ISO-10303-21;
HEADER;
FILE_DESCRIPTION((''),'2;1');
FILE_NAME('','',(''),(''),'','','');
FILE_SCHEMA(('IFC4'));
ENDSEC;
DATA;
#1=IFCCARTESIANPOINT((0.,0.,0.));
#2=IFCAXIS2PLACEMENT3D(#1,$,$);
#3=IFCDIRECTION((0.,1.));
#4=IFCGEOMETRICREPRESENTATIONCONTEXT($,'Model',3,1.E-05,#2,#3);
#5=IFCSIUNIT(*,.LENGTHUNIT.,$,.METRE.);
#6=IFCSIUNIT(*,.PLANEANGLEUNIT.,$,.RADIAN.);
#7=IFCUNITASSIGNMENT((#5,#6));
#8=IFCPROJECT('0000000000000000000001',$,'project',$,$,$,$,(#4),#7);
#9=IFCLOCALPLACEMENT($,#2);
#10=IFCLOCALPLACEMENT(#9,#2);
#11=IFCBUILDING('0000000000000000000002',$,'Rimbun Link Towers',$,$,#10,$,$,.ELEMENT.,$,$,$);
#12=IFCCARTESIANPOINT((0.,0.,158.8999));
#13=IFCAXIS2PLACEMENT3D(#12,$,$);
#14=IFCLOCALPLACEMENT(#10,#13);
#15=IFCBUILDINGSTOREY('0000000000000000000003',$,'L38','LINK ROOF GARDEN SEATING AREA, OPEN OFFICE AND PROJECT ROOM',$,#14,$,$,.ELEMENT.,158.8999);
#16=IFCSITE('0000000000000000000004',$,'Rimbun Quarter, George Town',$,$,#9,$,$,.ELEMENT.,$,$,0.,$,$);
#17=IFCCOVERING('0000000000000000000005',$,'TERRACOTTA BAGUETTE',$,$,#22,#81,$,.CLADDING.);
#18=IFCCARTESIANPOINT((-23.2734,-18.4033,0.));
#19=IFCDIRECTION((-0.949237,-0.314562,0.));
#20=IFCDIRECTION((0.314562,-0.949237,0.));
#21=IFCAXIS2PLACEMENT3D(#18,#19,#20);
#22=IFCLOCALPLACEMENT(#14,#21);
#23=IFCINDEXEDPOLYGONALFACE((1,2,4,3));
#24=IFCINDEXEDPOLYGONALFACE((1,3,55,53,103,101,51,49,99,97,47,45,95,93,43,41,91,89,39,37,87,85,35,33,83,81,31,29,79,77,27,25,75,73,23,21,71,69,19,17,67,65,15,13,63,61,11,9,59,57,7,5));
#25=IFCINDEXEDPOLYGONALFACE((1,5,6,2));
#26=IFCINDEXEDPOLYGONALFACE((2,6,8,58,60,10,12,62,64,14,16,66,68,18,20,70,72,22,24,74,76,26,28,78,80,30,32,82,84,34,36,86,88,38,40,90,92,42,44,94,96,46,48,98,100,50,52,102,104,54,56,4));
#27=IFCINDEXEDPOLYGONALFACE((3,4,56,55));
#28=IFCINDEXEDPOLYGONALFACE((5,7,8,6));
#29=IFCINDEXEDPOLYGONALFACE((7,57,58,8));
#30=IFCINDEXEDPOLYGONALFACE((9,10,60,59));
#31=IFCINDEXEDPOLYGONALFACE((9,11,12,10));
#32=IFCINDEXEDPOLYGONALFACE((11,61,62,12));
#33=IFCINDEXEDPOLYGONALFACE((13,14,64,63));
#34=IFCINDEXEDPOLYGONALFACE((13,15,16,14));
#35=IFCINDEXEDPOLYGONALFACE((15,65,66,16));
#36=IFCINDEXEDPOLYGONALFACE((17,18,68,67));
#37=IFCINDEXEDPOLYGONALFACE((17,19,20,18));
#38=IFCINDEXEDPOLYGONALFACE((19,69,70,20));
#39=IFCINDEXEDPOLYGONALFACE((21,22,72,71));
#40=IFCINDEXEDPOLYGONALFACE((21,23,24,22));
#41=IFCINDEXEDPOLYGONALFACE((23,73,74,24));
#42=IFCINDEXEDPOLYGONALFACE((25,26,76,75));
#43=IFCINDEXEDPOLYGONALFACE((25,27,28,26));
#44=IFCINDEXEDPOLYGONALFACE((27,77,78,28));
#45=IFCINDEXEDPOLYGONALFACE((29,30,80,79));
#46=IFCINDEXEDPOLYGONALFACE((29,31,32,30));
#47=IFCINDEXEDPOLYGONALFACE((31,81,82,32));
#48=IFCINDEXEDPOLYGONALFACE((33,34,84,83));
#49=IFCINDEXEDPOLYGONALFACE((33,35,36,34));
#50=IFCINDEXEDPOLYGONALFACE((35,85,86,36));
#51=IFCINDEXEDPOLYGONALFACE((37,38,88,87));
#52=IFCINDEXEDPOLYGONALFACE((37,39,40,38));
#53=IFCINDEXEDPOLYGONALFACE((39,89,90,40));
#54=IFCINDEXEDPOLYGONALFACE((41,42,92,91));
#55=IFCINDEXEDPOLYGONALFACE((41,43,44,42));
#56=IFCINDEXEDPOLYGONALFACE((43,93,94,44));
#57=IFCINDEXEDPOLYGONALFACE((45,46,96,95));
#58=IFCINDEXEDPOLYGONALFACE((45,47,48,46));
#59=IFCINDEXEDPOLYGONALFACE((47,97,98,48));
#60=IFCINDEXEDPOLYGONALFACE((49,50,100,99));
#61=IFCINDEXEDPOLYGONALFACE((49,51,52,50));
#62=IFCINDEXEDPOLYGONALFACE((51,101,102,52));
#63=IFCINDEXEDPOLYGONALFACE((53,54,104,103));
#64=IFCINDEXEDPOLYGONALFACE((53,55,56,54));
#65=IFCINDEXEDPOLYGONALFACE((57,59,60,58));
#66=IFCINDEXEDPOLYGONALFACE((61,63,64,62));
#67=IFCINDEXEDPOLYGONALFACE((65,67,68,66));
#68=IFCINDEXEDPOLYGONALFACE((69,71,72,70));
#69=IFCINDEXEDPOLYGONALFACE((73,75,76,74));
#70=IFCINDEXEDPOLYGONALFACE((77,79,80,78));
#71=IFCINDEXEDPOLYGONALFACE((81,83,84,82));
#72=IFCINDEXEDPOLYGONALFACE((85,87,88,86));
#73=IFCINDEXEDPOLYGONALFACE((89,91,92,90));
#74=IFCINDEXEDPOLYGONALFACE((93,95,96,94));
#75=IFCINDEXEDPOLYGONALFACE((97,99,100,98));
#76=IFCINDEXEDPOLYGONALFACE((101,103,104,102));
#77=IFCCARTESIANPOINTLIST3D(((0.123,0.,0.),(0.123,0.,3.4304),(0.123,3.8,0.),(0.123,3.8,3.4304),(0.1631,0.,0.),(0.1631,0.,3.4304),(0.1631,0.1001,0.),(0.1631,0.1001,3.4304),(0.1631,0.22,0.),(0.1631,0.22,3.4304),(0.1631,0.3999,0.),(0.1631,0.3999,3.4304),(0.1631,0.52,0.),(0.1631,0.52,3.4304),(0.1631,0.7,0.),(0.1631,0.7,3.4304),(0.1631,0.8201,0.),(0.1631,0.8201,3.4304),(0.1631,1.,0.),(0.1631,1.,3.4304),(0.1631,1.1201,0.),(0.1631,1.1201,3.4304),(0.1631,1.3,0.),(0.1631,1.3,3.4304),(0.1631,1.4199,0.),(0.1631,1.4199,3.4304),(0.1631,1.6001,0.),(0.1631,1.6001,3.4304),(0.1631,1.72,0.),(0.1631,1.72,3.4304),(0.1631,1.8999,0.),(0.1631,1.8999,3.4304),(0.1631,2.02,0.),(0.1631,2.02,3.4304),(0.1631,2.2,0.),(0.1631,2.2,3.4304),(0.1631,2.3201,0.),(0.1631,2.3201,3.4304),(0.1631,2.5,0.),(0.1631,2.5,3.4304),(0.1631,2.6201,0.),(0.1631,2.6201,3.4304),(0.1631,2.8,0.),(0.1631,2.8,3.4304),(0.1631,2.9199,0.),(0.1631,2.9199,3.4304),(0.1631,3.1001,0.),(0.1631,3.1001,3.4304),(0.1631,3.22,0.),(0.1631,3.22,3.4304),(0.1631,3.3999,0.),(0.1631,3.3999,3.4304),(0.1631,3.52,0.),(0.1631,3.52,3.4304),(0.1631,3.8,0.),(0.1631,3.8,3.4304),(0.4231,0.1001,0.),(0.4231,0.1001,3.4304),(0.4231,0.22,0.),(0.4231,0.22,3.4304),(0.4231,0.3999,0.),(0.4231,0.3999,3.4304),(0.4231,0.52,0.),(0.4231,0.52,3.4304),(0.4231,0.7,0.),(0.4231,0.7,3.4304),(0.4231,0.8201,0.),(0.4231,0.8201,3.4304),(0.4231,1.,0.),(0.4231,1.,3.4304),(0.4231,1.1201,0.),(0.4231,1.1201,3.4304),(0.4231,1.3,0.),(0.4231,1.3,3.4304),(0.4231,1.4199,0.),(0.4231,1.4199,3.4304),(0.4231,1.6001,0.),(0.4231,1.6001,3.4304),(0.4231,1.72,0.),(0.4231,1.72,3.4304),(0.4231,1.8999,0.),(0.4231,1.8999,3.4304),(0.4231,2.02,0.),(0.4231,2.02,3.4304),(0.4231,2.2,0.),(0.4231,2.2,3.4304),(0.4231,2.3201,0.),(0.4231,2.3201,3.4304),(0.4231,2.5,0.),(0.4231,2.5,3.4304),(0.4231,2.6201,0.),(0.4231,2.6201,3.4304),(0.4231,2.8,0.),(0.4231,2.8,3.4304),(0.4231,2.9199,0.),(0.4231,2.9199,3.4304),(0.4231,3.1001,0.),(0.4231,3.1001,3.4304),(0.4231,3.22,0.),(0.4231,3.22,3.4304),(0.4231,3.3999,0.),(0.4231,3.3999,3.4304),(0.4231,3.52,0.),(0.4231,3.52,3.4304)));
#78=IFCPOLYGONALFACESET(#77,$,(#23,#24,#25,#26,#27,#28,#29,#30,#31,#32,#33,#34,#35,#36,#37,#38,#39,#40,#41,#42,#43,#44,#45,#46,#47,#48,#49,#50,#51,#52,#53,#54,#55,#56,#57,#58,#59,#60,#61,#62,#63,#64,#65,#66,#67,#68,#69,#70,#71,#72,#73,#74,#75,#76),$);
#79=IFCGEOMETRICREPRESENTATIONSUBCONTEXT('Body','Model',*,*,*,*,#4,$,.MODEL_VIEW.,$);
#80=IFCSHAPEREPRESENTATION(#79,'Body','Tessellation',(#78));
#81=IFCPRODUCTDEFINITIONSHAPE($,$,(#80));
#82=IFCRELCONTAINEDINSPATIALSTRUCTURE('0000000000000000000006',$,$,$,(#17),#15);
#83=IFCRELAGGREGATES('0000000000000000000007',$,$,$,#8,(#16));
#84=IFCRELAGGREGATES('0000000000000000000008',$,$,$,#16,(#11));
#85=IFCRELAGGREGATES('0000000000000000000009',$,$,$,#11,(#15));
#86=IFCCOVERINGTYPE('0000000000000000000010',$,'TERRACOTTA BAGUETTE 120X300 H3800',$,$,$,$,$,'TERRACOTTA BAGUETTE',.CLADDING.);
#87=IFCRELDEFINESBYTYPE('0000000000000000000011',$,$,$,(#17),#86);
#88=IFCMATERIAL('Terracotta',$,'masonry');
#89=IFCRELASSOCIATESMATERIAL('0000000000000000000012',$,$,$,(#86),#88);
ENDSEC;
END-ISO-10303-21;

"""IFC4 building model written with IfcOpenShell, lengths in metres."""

from ifc_helpers import new_model, si_unit, direction, frame, origin, place, context, subcontext, project, spatial, polyline, outline, extrude, material, material_profile, profile_set, type_object, element, save


model = new_model("IFC4")

# Units and contexts
model_context = context("Model", 3, precision=1e-05, world=origin(), true_north=direction((0.0, 1.0)))
body_context = subcontext(model_context, "Body", "Model", "MODEL_VIEW")
ifc_project = project(units=[si_unit("LENGTHUNIT", "METRE"), si_unit("PLANEANGLEUNIT", "RADIAN")], contexts=[model_context])

# Site, building, storey
site_placement = place(None, origin())
site = spatial("IfcSite", under=ifc_project, at=site_placement, Name="Rimbun Quarter, George Town", CompositionType="ELEMENT", RefElevation=0.0)
building_placement = place(site_placement, origin())
building = spatial("IfcBuilding", under=site, at=building_placement, Name="Rimbun Link Towers", CompositionType="ELEMENT")
storey_placement = place(building_placement, frame((0.0, 0.0, 158.8999)))
storey = spatial("IfcBuildingStorey", under=building, at=storey_placement, Name="L38", Description="LINK ROOF GARDEN SEATING AREA, OPEN OFFICE AND PROJECT ROOM", CompositionType="ELEMENT", Elevation=158.8999)

# Covering
ifc_material_1 = material(Name="Terracotta", Category="masonry")
ifc_material_profile_1 = material_profile(ifc_material_1, outline(polyline([(0.123, 0.0), (0.1631, 0.0), (0.1631, 0.1001), (0.4231, 0.1001), (0.4231, 0.22), (0.1631, 0.22), (0.1631, 0.3999), (0.4231, 0.3999), (0.4231, 0.52), (0.1631, 0.52), (0.1631, 0.7), (0.4231, 0.7), (0.4231, 0.8201), (0.1631, 0.8201), (0.1631, 1.0), (0.4231, 1.0), (0.4231, 1.1201), (0.1631, 1.1201), (0.1631, 1.3), (0.4231, 1.3), (0.4231, 1.4199), (0.1631, 1.4199), (0.1631, 1.6001), (0.4231, 1.6001), (0.4231, 1.72), (0.1631, 1.72), (0.1631, 1.8999), (0.4231, 1.8999), (0.4231, 2.02), (0.1631, 2.02), (0.1631, 2.2), (0.4231, 2.2), (0.4231, 2.3201), (0.1631, 2.3201), (0.1631, 2.5), (0.4231, 2.5), (0.4231, 2.6201), (0.1631, 2.6201), (0.1631, 2.8), (0.4231, 2.8), (0.4231, 2.9199), (0.1631, 2.9199), (0.1631, 3.1001), (0.4231, 3.1001), (0.4231, 3.22), (0.1631, 3.22), (0.1631, 3.3999), (0.4231, 3.3999), (0.4231, 3.52), (0.1631, 3.52), (0.1631, 3.8), (0.123, 3.8), (0.123, 0.0)])), Name="BAGUETTE 120X300")
ifc_profile_set_1 = profile_set([ifc_material_profile_1], Name="Terracotta")
covering_type = type_object("IfcCoveringType", Name="TERRACOTTA BAGUETTE 120X300 H3800", ElementType="TERRACOTTA BAGUETTE", PredefinedType="CLADDING", material=ifc_profile_set_1)
covering_1_placement = place(storey_placement, frame((-23.2734, -18.4033, 0.0), z_axis=(-0.949237, -0.314562, 0.0), x_axis=(0.314562, -0.949237, 0.0)))
element("IfcCovering", 1, at=covering_1_placement, inside=storey, type_object=covering_type, Name="TERRACOTTA BAGUETTE", PredefinedType="CLADDING", context=body_context, shape_type="SweptSolid", body=[
    extrude(outline(polyline([(0.123, 0.0), (0.1631, 0.0), (0.1631, 0.1001), (0.4231, 0.1001), (0.4231, 0.22), (0.1631, 0.22), (0.1631, 0.3999), (0.4231, 0.3999), (0.4231, 0.52), (0.1631, 0.52), (0.1631, 0.7), (0.4231, 0.7), (0.4231, 0.8201), (0.1631, 0.8201), (0.1631, 1.0), (0.4231, 1.0), (0.4231, 1.1201), (0.1631, 1.1201), (0.1631, 1.3), (0.4231, 1.3), (0.4231, 1.4199), (0.1631, 1.4199), (0.1631, 1.6001), (0.4231, 1.6001), (0.4231, 1.72), (0.1631, 1.72), (0.1631, 1.8999), (0.4231, 1.8999), (0.4231, 2.02), (0.1631, 2.02), (0.1631, 2.2), (0.4231, 2.2), (0.4231, 2.3201), (0.1631, 2.3201), (0.1631, 2.5), (0.4231, 2.5), (0.4231, 2.6201), (0.1631, 2.6201), (0.1631, 2.8), (0.4231, 2.8), (0.4231, 2.9199), (0.1631, 2.9199), (0.1631, 3.1001), (0.4231, 3.1001), (0.4231, 3.22), (0.1631, 3.22), (0.1631, 3.3999), (0.4231, 3.3999), (0.4231, 3.52), (0.1631, 3.52), (0.1631, 3.8), (0.123, 3.8), (0.123, 0.0)])), origin(), (0.0, 0.0, 1.0), 3.4304),
])

save(model, "model.ifc")
